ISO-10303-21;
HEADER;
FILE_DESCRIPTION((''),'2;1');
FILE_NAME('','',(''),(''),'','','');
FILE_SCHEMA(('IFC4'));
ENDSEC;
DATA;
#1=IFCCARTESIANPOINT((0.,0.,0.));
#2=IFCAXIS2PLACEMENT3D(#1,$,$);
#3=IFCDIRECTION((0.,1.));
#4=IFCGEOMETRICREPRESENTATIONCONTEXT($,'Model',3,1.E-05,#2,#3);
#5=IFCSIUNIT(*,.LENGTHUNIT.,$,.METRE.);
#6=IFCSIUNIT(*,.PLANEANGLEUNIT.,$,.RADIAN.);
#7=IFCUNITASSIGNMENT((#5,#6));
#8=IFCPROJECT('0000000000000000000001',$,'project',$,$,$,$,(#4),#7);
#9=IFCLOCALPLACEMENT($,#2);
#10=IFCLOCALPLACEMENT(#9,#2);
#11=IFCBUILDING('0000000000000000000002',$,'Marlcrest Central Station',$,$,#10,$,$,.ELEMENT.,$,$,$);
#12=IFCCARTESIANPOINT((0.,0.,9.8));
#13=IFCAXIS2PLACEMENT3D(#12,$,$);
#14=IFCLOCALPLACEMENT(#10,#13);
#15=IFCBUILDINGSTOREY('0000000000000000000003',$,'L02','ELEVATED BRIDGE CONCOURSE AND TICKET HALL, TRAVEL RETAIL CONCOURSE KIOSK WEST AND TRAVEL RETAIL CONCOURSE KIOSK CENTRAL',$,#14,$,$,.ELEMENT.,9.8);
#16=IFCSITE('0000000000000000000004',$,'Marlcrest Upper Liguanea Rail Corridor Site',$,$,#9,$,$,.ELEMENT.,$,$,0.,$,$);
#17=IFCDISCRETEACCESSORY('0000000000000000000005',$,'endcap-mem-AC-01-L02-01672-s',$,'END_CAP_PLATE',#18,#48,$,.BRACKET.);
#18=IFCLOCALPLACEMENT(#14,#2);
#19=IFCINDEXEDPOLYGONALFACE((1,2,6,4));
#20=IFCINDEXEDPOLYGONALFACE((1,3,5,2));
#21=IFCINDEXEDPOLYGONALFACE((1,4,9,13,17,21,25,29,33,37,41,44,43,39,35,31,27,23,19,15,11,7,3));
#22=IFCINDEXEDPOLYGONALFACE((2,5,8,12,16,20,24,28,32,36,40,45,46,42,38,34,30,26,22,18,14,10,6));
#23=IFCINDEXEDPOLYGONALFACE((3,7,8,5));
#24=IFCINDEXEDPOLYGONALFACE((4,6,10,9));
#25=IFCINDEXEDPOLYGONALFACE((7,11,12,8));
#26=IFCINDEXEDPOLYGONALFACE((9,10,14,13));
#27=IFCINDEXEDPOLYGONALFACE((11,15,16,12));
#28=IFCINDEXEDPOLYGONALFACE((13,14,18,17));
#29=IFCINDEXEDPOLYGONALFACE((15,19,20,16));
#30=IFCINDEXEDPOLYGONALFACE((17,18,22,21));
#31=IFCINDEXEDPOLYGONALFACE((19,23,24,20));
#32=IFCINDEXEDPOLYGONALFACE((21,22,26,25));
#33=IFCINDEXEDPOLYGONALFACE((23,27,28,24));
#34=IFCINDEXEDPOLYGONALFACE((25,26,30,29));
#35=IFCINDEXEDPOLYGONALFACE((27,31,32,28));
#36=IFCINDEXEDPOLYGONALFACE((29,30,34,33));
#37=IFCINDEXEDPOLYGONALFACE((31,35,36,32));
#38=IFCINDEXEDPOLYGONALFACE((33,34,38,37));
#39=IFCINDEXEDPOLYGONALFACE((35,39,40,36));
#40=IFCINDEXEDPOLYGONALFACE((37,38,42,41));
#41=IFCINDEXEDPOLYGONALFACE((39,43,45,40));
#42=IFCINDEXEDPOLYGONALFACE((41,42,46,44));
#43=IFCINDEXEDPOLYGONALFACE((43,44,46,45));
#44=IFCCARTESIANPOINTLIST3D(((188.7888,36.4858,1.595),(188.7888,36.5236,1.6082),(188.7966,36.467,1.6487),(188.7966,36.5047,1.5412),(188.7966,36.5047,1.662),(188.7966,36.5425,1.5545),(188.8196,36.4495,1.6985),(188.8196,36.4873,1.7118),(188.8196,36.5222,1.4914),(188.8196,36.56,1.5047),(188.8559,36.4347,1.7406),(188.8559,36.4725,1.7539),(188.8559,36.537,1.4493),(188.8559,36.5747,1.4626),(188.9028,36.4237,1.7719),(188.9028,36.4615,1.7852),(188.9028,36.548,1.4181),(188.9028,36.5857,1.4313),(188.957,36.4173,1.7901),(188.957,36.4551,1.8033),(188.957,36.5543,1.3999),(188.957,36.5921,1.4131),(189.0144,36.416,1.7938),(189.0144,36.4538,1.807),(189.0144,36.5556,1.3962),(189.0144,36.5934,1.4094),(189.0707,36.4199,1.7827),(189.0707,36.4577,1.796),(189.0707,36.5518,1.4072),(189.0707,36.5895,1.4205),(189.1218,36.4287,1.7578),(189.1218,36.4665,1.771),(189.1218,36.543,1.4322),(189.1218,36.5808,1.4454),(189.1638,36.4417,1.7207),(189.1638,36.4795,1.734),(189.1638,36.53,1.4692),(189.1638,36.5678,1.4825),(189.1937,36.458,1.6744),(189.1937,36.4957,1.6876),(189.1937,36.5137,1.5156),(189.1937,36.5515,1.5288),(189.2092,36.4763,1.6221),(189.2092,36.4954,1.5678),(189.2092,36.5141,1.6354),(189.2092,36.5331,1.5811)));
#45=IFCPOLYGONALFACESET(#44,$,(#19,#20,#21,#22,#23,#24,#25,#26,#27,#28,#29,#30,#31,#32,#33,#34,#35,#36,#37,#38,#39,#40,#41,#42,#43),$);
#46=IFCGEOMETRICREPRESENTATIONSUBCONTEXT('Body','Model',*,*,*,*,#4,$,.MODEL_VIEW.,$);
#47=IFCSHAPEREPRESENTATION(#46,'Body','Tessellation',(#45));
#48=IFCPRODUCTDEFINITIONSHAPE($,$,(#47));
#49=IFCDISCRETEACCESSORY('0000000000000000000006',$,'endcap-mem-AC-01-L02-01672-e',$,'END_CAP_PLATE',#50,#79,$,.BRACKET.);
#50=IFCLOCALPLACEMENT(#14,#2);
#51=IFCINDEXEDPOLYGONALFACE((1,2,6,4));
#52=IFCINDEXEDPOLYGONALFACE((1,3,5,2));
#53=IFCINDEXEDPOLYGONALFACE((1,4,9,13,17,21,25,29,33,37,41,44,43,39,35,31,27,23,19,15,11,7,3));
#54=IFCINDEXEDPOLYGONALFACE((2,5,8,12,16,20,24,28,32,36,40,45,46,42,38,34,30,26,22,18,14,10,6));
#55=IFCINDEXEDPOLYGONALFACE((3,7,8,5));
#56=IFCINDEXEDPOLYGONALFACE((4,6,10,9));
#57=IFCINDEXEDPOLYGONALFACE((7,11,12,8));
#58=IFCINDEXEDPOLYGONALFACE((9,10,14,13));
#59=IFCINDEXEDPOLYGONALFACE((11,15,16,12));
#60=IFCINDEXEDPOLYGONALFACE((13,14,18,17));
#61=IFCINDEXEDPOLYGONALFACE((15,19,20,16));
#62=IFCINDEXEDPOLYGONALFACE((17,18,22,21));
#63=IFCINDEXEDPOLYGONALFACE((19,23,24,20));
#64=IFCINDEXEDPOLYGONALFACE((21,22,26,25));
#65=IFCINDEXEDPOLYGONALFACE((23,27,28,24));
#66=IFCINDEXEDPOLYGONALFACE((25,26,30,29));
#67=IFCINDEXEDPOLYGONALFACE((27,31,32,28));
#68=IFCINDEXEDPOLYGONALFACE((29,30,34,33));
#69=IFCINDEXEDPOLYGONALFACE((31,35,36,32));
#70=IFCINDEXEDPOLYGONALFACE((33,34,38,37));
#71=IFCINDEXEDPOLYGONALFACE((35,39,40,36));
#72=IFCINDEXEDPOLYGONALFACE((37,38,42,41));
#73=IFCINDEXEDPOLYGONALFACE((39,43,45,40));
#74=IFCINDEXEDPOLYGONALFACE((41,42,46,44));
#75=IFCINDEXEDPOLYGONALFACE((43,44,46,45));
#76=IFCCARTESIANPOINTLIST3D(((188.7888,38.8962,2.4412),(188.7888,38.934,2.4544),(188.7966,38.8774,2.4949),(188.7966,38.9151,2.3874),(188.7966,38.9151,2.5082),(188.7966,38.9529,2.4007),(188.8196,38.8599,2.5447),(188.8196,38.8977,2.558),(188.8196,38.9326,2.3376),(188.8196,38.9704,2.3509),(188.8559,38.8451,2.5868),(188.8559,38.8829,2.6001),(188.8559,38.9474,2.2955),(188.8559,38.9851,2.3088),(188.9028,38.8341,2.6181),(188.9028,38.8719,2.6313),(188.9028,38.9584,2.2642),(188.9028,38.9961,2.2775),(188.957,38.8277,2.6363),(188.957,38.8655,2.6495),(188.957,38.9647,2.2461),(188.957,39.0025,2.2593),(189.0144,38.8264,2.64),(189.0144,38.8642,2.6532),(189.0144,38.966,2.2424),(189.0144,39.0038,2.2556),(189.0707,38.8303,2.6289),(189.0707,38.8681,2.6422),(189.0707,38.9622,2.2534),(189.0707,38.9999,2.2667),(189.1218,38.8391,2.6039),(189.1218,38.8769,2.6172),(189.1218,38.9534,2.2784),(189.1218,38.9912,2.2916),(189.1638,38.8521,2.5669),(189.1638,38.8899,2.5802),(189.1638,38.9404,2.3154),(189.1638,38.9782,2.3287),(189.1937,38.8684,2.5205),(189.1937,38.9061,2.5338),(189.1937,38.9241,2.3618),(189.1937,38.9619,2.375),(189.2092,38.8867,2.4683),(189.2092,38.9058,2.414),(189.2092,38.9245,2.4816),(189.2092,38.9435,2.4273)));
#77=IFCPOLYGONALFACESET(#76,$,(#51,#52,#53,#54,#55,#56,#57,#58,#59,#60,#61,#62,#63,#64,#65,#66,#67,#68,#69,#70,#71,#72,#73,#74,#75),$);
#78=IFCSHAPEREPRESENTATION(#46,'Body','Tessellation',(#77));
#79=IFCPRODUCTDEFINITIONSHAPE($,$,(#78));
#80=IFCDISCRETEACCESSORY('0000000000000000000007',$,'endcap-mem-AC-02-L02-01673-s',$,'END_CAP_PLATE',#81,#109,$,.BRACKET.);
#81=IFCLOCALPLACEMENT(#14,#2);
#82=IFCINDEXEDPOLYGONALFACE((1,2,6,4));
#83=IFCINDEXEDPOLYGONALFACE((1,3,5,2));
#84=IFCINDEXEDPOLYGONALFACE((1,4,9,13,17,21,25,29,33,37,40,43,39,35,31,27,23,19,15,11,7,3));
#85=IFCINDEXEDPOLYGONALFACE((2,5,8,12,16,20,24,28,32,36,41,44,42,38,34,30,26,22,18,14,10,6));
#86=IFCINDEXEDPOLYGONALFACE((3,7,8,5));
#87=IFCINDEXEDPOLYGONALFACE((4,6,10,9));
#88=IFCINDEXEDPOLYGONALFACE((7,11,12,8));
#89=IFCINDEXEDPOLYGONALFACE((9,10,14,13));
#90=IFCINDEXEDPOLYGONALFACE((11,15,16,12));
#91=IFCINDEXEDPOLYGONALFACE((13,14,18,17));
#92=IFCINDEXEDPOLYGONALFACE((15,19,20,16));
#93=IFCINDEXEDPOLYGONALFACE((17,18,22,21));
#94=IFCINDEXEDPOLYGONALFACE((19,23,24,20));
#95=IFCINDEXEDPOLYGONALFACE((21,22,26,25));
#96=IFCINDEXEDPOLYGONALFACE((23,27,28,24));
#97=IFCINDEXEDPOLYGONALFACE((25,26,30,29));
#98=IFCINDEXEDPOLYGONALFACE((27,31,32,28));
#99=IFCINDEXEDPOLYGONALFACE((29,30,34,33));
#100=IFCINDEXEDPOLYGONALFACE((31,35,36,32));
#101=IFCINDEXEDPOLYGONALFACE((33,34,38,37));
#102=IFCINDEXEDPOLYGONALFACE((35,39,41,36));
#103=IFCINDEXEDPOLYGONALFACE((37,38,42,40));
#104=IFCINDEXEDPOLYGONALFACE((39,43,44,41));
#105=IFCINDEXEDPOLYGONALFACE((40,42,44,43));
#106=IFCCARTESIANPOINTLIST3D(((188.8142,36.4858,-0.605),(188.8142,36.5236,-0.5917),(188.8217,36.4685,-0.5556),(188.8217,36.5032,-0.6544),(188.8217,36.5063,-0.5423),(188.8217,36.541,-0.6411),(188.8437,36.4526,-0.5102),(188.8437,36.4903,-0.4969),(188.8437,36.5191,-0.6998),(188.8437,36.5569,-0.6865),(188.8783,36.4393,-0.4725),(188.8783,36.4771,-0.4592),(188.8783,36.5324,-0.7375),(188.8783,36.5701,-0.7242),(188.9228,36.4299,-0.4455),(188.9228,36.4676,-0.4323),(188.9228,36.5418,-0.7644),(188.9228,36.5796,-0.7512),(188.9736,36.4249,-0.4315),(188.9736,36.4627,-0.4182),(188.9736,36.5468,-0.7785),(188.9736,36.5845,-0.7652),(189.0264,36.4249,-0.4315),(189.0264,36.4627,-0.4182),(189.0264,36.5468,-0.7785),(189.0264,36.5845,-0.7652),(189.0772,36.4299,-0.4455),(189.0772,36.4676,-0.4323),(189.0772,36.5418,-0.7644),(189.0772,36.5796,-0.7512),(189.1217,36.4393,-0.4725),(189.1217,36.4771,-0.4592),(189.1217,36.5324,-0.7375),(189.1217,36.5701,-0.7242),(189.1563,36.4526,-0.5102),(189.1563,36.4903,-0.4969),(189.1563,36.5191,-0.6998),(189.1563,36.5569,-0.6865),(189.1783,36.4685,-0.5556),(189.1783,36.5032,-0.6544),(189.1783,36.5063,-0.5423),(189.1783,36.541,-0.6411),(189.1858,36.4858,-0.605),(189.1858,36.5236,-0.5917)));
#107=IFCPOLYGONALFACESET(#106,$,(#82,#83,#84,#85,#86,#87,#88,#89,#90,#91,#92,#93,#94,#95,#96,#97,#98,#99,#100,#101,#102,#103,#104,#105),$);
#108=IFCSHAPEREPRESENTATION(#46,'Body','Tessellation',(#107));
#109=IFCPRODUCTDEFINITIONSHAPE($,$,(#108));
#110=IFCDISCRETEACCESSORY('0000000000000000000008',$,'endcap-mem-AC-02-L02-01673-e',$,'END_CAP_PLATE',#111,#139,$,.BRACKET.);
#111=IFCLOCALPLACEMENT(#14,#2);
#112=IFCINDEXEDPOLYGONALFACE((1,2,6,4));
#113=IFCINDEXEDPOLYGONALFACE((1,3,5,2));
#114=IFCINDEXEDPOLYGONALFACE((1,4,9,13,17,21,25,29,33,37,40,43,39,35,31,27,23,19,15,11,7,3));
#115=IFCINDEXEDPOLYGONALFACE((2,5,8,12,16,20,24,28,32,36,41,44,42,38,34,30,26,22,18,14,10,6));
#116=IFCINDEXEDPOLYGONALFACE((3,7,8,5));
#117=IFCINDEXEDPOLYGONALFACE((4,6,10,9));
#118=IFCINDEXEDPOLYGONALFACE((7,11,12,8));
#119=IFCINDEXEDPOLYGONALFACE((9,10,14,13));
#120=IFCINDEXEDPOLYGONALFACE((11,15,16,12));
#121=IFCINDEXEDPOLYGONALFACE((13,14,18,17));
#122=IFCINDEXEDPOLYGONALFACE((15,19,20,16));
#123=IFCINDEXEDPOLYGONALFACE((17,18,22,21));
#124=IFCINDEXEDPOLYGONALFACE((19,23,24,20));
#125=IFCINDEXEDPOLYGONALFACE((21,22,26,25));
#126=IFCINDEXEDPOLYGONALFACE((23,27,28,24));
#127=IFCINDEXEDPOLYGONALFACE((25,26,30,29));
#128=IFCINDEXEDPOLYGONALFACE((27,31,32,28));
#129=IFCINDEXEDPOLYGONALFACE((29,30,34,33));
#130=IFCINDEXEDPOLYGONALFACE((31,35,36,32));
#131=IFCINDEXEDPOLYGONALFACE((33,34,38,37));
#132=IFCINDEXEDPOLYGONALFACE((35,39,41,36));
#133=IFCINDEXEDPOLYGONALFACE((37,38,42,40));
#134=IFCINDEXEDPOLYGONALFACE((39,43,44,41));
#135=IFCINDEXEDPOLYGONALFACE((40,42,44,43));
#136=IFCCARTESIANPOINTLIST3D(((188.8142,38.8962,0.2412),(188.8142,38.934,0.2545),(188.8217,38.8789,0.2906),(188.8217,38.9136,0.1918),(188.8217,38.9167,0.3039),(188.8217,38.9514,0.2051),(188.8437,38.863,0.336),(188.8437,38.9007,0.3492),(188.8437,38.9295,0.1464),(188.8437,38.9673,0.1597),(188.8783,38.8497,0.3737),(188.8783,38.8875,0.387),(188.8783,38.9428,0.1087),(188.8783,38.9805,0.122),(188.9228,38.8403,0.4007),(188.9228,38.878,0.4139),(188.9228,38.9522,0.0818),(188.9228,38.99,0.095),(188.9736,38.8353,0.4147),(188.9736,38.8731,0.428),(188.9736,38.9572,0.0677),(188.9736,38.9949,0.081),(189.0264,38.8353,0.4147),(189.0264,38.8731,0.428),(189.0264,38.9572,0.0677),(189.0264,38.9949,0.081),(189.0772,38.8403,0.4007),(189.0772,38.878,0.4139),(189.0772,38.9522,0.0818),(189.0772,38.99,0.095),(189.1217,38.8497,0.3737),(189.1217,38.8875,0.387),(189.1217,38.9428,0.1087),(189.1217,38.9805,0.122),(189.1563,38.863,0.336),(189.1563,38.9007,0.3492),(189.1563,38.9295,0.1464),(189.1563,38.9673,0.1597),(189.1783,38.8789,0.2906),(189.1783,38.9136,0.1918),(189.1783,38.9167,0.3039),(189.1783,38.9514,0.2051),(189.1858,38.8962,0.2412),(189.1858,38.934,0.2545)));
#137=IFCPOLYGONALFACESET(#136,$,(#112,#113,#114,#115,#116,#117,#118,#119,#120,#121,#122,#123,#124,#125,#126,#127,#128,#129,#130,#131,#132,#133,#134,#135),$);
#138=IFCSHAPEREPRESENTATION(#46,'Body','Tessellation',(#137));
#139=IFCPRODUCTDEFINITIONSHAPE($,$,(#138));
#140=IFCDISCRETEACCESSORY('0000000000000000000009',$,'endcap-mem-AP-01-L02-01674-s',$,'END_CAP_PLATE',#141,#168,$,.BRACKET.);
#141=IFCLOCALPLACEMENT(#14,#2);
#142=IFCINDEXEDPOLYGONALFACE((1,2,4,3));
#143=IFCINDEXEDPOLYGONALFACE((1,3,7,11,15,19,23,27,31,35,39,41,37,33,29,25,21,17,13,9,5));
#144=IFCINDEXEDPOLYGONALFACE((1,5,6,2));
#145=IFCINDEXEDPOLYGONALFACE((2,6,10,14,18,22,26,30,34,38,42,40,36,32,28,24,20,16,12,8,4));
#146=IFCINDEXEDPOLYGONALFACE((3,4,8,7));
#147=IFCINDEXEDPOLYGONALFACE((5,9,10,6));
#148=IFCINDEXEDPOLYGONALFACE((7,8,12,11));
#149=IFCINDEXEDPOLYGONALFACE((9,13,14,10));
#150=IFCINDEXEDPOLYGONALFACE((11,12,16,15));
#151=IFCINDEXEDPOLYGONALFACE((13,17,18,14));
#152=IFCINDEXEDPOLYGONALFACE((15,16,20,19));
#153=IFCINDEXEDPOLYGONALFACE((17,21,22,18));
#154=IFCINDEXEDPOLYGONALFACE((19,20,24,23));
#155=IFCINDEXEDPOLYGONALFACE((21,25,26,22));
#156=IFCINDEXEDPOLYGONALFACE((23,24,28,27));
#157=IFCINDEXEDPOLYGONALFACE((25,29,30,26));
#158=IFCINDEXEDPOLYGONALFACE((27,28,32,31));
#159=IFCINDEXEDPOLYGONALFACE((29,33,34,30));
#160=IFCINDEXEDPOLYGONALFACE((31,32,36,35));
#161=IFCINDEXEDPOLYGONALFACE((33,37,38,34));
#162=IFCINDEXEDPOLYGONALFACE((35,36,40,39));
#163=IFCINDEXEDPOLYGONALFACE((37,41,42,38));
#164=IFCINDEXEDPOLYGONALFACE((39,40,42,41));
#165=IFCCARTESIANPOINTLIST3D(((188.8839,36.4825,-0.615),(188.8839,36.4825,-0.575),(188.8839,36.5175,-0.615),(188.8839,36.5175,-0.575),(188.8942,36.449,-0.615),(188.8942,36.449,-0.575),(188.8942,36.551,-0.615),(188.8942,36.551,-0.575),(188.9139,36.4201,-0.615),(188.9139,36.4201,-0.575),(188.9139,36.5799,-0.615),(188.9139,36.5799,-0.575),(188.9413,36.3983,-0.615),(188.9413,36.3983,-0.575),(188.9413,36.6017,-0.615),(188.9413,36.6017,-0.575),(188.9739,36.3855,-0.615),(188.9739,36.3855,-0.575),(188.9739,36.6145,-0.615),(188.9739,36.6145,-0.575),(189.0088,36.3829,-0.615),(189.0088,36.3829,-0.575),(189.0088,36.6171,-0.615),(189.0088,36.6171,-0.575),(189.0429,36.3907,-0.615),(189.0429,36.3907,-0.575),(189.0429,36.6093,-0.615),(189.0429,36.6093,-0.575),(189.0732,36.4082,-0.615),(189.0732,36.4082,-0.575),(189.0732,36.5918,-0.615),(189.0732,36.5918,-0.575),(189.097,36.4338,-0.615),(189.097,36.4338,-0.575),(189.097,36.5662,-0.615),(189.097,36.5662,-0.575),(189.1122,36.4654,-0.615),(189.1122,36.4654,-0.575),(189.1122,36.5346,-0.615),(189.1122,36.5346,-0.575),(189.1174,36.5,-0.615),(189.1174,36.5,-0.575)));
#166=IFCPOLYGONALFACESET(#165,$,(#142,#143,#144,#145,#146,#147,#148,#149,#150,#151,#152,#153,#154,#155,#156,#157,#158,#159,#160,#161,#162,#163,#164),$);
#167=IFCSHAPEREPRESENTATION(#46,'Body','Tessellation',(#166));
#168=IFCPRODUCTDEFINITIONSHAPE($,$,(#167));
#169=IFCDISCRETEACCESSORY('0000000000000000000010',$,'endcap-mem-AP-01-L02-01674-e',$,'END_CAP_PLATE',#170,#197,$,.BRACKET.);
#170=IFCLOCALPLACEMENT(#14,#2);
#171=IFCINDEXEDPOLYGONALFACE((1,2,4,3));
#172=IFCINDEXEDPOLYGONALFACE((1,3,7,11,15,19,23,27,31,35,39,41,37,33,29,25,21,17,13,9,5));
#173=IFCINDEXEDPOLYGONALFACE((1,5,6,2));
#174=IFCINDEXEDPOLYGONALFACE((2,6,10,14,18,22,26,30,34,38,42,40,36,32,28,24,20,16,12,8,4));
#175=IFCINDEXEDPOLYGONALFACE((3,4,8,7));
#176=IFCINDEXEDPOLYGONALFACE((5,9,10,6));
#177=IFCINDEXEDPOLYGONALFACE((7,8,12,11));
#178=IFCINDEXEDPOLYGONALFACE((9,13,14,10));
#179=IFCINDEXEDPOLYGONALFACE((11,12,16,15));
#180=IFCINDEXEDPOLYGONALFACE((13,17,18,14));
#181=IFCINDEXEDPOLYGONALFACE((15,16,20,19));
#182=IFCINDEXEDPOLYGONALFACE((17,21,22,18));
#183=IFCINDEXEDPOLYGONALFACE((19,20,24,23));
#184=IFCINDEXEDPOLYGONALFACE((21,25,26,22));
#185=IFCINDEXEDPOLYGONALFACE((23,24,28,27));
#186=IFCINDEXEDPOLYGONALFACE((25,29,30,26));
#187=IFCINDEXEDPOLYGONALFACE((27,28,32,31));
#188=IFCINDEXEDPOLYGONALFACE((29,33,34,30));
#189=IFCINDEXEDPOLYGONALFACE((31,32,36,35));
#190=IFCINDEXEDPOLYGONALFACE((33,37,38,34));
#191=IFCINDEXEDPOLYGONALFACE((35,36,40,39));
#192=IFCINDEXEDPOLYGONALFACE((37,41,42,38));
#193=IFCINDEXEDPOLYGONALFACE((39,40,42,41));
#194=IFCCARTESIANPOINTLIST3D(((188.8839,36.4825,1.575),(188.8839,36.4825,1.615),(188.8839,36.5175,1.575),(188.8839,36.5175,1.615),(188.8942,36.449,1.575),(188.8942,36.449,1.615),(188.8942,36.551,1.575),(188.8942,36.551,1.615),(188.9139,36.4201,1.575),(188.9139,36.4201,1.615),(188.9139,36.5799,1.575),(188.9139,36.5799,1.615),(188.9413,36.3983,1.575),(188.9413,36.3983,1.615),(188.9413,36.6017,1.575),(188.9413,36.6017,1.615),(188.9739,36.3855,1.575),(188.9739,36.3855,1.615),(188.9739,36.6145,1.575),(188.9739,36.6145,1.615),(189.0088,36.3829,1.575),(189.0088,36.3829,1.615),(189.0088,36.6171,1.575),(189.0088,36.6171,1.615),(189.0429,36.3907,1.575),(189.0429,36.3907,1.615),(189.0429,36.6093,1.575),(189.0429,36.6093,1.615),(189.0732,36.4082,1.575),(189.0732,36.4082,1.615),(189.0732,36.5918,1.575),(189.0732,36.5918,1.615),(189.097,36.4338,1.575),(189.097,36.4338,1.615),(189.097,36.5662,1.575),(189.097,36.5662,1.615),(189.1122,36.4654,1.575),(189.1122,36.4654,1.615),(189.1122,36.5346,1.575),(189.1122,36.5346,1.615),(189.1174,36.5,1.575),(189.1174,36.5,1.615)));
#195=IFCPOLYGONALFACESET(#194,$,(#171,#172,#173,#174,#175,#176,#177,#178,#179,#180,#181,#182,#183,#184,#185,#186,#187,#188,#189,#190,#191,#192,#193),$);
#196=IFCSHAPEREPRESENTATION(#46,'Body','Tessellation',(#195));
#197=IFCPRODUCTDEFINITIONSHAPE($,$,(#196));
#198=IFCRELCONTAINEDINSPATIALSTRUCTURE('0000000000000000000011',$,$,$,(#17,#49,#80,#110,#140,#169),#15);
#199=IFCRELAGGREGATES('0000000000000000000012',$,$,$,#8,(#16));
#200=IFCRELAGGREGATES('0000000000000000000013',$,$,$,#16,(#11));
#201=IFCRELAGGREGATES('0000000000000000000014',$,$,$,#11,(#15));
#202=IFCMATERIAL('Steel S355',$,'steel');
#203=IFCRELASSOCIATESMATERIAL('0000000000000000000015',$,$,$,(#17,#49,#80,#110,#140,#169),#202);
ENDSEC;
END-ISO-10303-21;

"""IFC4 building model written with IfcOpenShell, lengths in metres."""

from ifc_helpers import new_model, si_unit, direction, frame, origin, origin_2d, place, context, subcontext, project, spatial, circle, extrude, material, element, save


model = new_model("IFC4")

# Units and contexts
model_context = context("Model", 3, precision=1e-05, world=origin(), true_north=direction((0.0, 1.0)))
body_context = subcontext(model_context, "Body", "Model", "MODEL_VIEW")
ifc_project = project(units=[si_unit("LENGTHUNIT", "METRE"), si_unit("PLANEANGLEUNIT", "RADIAN")], contexts=[model_context])

# Site, building, storey
site_placement = place(None, origin())
site = spatial("IfcSite", under=ifc_project, at=site_placement, Name="Marlcrest Upper Liguanea Rail Corridor Site", CompositionType="ELEMENT", RefElevation=0.0)
building_placement = place(site_placement, origin())
building = spatial("IfcBuilding", under=site, at=building_placement, Name="Marlcrest Central Station", CompositionType="ELEMENT")
storey_placement = place(building_placement, frame((0.0, 0.0, 9.8)))
storey = spatial("IfcBuildingStorey", under=building, at=storey_placement, Name="L02", Description="ELEVATED BRIDGE CONCOURSE AND TICKET HALL, TRAVEL RETAIL CONCOURSE KIOSK WEST AND TRAVEL RETAIL CONCOURSE KIOSK CENTRAL", CompositionType="ELEMENT", Elevation=9.8)

# Shared definitions
ifc_material_1 = material(Name="Steel S355", Category="steel")

# Discrete accessories
for number, where, z_axis, x_axis, name in (
    (1, (189.0, 36.4858, 1.595), (0.0, 0.943537, 0.331266), (-1.0, 0.0, 0.0), "endcap-mem-AC-01-L02-01672-s"),
    (2, (189.0, 38.8962, 2.4412), (0.0, 0.943537, 0.331266), (-1.0, 0.0, 0.0), "endcap-mem-AC-01-L02-01672-e"),
):
    element("IfcDiscreteAccessory", number, at=place(storey_placement, frame(where, z_axis=z_axis, x_axis=x_axis)), inside=storey, material=ifc_material_1, Name=name, ObjectType="END_CAP_PLATE", PredefinedType="BRACKET", context=body_context, shape_type="SweptSolid", body=[
        extrude(circle(Radius=0.2112, at=origin_2d()), origin(), (0.0, 0.0, 1.0), 0.04),
    ])
for number, where, z_axis, x_axis, name in (
    (3, (189.0, 36.4858, -0.605), (0.0, 0.943537, 0.331266), (-1.0, 0.0, 0.0), "endcap-mem-AC-02-L02-01673-s"),
    (4, (189.0, 38.8962, 0.2412), (0.0, 0.943537, 0.331266), (-1.0, 0.0, 0.0), "endcap-mem-AC-02-L02-01673-e"),
):
    element("IfcDiscreteAccessory", number, at=place(storey_placement, frame(where, z_axis=z_axis, x_axis=x_axis)), inside=storey, material=ifc_material_1, Name=name, ObjectType="END_CAP_PLATE", PredefinedType="BRACKET", context=body_context, shape_type="SweptSolid", body=[
        extrude(circle(Radius=0.1858, at=origin_2d()), origin(), (0.0, 0.0, 1.0), 0.04),
    ])
for number, where, z_axis, x_axis, name in (
    (5, (189.0, 36.5, -0.615), (0.0, 0.0, 1.0), (1.0, 0.0, 0.0), "endcap-mem-AP-01-L02-01674-s"),
    (6, (189.0, 36.5, 1.575), (0.0, 0.0, 1.0), (1.0, 0.0, 0.0), "endcap-mem-AP-01-L02-01674-e"),
):
    element("IfcDiscreteAccessory", number, at=place(storey_placement, frame(where, z_axis=z_axis, x_axis=x_axis)), inside=storey, material=ifc_material_1, Name=name, ObjectType="END_CAP_PLATE", PredefinedType="BRACKET", context=body_context, shape_type="SweptSolid", body=[
        extrude(circle(Radius=0.1174, at=origin_2d()), origin(), (0.0, 0.0, 1.0), 0.04),
    ])

save(model, "model.ifc")
